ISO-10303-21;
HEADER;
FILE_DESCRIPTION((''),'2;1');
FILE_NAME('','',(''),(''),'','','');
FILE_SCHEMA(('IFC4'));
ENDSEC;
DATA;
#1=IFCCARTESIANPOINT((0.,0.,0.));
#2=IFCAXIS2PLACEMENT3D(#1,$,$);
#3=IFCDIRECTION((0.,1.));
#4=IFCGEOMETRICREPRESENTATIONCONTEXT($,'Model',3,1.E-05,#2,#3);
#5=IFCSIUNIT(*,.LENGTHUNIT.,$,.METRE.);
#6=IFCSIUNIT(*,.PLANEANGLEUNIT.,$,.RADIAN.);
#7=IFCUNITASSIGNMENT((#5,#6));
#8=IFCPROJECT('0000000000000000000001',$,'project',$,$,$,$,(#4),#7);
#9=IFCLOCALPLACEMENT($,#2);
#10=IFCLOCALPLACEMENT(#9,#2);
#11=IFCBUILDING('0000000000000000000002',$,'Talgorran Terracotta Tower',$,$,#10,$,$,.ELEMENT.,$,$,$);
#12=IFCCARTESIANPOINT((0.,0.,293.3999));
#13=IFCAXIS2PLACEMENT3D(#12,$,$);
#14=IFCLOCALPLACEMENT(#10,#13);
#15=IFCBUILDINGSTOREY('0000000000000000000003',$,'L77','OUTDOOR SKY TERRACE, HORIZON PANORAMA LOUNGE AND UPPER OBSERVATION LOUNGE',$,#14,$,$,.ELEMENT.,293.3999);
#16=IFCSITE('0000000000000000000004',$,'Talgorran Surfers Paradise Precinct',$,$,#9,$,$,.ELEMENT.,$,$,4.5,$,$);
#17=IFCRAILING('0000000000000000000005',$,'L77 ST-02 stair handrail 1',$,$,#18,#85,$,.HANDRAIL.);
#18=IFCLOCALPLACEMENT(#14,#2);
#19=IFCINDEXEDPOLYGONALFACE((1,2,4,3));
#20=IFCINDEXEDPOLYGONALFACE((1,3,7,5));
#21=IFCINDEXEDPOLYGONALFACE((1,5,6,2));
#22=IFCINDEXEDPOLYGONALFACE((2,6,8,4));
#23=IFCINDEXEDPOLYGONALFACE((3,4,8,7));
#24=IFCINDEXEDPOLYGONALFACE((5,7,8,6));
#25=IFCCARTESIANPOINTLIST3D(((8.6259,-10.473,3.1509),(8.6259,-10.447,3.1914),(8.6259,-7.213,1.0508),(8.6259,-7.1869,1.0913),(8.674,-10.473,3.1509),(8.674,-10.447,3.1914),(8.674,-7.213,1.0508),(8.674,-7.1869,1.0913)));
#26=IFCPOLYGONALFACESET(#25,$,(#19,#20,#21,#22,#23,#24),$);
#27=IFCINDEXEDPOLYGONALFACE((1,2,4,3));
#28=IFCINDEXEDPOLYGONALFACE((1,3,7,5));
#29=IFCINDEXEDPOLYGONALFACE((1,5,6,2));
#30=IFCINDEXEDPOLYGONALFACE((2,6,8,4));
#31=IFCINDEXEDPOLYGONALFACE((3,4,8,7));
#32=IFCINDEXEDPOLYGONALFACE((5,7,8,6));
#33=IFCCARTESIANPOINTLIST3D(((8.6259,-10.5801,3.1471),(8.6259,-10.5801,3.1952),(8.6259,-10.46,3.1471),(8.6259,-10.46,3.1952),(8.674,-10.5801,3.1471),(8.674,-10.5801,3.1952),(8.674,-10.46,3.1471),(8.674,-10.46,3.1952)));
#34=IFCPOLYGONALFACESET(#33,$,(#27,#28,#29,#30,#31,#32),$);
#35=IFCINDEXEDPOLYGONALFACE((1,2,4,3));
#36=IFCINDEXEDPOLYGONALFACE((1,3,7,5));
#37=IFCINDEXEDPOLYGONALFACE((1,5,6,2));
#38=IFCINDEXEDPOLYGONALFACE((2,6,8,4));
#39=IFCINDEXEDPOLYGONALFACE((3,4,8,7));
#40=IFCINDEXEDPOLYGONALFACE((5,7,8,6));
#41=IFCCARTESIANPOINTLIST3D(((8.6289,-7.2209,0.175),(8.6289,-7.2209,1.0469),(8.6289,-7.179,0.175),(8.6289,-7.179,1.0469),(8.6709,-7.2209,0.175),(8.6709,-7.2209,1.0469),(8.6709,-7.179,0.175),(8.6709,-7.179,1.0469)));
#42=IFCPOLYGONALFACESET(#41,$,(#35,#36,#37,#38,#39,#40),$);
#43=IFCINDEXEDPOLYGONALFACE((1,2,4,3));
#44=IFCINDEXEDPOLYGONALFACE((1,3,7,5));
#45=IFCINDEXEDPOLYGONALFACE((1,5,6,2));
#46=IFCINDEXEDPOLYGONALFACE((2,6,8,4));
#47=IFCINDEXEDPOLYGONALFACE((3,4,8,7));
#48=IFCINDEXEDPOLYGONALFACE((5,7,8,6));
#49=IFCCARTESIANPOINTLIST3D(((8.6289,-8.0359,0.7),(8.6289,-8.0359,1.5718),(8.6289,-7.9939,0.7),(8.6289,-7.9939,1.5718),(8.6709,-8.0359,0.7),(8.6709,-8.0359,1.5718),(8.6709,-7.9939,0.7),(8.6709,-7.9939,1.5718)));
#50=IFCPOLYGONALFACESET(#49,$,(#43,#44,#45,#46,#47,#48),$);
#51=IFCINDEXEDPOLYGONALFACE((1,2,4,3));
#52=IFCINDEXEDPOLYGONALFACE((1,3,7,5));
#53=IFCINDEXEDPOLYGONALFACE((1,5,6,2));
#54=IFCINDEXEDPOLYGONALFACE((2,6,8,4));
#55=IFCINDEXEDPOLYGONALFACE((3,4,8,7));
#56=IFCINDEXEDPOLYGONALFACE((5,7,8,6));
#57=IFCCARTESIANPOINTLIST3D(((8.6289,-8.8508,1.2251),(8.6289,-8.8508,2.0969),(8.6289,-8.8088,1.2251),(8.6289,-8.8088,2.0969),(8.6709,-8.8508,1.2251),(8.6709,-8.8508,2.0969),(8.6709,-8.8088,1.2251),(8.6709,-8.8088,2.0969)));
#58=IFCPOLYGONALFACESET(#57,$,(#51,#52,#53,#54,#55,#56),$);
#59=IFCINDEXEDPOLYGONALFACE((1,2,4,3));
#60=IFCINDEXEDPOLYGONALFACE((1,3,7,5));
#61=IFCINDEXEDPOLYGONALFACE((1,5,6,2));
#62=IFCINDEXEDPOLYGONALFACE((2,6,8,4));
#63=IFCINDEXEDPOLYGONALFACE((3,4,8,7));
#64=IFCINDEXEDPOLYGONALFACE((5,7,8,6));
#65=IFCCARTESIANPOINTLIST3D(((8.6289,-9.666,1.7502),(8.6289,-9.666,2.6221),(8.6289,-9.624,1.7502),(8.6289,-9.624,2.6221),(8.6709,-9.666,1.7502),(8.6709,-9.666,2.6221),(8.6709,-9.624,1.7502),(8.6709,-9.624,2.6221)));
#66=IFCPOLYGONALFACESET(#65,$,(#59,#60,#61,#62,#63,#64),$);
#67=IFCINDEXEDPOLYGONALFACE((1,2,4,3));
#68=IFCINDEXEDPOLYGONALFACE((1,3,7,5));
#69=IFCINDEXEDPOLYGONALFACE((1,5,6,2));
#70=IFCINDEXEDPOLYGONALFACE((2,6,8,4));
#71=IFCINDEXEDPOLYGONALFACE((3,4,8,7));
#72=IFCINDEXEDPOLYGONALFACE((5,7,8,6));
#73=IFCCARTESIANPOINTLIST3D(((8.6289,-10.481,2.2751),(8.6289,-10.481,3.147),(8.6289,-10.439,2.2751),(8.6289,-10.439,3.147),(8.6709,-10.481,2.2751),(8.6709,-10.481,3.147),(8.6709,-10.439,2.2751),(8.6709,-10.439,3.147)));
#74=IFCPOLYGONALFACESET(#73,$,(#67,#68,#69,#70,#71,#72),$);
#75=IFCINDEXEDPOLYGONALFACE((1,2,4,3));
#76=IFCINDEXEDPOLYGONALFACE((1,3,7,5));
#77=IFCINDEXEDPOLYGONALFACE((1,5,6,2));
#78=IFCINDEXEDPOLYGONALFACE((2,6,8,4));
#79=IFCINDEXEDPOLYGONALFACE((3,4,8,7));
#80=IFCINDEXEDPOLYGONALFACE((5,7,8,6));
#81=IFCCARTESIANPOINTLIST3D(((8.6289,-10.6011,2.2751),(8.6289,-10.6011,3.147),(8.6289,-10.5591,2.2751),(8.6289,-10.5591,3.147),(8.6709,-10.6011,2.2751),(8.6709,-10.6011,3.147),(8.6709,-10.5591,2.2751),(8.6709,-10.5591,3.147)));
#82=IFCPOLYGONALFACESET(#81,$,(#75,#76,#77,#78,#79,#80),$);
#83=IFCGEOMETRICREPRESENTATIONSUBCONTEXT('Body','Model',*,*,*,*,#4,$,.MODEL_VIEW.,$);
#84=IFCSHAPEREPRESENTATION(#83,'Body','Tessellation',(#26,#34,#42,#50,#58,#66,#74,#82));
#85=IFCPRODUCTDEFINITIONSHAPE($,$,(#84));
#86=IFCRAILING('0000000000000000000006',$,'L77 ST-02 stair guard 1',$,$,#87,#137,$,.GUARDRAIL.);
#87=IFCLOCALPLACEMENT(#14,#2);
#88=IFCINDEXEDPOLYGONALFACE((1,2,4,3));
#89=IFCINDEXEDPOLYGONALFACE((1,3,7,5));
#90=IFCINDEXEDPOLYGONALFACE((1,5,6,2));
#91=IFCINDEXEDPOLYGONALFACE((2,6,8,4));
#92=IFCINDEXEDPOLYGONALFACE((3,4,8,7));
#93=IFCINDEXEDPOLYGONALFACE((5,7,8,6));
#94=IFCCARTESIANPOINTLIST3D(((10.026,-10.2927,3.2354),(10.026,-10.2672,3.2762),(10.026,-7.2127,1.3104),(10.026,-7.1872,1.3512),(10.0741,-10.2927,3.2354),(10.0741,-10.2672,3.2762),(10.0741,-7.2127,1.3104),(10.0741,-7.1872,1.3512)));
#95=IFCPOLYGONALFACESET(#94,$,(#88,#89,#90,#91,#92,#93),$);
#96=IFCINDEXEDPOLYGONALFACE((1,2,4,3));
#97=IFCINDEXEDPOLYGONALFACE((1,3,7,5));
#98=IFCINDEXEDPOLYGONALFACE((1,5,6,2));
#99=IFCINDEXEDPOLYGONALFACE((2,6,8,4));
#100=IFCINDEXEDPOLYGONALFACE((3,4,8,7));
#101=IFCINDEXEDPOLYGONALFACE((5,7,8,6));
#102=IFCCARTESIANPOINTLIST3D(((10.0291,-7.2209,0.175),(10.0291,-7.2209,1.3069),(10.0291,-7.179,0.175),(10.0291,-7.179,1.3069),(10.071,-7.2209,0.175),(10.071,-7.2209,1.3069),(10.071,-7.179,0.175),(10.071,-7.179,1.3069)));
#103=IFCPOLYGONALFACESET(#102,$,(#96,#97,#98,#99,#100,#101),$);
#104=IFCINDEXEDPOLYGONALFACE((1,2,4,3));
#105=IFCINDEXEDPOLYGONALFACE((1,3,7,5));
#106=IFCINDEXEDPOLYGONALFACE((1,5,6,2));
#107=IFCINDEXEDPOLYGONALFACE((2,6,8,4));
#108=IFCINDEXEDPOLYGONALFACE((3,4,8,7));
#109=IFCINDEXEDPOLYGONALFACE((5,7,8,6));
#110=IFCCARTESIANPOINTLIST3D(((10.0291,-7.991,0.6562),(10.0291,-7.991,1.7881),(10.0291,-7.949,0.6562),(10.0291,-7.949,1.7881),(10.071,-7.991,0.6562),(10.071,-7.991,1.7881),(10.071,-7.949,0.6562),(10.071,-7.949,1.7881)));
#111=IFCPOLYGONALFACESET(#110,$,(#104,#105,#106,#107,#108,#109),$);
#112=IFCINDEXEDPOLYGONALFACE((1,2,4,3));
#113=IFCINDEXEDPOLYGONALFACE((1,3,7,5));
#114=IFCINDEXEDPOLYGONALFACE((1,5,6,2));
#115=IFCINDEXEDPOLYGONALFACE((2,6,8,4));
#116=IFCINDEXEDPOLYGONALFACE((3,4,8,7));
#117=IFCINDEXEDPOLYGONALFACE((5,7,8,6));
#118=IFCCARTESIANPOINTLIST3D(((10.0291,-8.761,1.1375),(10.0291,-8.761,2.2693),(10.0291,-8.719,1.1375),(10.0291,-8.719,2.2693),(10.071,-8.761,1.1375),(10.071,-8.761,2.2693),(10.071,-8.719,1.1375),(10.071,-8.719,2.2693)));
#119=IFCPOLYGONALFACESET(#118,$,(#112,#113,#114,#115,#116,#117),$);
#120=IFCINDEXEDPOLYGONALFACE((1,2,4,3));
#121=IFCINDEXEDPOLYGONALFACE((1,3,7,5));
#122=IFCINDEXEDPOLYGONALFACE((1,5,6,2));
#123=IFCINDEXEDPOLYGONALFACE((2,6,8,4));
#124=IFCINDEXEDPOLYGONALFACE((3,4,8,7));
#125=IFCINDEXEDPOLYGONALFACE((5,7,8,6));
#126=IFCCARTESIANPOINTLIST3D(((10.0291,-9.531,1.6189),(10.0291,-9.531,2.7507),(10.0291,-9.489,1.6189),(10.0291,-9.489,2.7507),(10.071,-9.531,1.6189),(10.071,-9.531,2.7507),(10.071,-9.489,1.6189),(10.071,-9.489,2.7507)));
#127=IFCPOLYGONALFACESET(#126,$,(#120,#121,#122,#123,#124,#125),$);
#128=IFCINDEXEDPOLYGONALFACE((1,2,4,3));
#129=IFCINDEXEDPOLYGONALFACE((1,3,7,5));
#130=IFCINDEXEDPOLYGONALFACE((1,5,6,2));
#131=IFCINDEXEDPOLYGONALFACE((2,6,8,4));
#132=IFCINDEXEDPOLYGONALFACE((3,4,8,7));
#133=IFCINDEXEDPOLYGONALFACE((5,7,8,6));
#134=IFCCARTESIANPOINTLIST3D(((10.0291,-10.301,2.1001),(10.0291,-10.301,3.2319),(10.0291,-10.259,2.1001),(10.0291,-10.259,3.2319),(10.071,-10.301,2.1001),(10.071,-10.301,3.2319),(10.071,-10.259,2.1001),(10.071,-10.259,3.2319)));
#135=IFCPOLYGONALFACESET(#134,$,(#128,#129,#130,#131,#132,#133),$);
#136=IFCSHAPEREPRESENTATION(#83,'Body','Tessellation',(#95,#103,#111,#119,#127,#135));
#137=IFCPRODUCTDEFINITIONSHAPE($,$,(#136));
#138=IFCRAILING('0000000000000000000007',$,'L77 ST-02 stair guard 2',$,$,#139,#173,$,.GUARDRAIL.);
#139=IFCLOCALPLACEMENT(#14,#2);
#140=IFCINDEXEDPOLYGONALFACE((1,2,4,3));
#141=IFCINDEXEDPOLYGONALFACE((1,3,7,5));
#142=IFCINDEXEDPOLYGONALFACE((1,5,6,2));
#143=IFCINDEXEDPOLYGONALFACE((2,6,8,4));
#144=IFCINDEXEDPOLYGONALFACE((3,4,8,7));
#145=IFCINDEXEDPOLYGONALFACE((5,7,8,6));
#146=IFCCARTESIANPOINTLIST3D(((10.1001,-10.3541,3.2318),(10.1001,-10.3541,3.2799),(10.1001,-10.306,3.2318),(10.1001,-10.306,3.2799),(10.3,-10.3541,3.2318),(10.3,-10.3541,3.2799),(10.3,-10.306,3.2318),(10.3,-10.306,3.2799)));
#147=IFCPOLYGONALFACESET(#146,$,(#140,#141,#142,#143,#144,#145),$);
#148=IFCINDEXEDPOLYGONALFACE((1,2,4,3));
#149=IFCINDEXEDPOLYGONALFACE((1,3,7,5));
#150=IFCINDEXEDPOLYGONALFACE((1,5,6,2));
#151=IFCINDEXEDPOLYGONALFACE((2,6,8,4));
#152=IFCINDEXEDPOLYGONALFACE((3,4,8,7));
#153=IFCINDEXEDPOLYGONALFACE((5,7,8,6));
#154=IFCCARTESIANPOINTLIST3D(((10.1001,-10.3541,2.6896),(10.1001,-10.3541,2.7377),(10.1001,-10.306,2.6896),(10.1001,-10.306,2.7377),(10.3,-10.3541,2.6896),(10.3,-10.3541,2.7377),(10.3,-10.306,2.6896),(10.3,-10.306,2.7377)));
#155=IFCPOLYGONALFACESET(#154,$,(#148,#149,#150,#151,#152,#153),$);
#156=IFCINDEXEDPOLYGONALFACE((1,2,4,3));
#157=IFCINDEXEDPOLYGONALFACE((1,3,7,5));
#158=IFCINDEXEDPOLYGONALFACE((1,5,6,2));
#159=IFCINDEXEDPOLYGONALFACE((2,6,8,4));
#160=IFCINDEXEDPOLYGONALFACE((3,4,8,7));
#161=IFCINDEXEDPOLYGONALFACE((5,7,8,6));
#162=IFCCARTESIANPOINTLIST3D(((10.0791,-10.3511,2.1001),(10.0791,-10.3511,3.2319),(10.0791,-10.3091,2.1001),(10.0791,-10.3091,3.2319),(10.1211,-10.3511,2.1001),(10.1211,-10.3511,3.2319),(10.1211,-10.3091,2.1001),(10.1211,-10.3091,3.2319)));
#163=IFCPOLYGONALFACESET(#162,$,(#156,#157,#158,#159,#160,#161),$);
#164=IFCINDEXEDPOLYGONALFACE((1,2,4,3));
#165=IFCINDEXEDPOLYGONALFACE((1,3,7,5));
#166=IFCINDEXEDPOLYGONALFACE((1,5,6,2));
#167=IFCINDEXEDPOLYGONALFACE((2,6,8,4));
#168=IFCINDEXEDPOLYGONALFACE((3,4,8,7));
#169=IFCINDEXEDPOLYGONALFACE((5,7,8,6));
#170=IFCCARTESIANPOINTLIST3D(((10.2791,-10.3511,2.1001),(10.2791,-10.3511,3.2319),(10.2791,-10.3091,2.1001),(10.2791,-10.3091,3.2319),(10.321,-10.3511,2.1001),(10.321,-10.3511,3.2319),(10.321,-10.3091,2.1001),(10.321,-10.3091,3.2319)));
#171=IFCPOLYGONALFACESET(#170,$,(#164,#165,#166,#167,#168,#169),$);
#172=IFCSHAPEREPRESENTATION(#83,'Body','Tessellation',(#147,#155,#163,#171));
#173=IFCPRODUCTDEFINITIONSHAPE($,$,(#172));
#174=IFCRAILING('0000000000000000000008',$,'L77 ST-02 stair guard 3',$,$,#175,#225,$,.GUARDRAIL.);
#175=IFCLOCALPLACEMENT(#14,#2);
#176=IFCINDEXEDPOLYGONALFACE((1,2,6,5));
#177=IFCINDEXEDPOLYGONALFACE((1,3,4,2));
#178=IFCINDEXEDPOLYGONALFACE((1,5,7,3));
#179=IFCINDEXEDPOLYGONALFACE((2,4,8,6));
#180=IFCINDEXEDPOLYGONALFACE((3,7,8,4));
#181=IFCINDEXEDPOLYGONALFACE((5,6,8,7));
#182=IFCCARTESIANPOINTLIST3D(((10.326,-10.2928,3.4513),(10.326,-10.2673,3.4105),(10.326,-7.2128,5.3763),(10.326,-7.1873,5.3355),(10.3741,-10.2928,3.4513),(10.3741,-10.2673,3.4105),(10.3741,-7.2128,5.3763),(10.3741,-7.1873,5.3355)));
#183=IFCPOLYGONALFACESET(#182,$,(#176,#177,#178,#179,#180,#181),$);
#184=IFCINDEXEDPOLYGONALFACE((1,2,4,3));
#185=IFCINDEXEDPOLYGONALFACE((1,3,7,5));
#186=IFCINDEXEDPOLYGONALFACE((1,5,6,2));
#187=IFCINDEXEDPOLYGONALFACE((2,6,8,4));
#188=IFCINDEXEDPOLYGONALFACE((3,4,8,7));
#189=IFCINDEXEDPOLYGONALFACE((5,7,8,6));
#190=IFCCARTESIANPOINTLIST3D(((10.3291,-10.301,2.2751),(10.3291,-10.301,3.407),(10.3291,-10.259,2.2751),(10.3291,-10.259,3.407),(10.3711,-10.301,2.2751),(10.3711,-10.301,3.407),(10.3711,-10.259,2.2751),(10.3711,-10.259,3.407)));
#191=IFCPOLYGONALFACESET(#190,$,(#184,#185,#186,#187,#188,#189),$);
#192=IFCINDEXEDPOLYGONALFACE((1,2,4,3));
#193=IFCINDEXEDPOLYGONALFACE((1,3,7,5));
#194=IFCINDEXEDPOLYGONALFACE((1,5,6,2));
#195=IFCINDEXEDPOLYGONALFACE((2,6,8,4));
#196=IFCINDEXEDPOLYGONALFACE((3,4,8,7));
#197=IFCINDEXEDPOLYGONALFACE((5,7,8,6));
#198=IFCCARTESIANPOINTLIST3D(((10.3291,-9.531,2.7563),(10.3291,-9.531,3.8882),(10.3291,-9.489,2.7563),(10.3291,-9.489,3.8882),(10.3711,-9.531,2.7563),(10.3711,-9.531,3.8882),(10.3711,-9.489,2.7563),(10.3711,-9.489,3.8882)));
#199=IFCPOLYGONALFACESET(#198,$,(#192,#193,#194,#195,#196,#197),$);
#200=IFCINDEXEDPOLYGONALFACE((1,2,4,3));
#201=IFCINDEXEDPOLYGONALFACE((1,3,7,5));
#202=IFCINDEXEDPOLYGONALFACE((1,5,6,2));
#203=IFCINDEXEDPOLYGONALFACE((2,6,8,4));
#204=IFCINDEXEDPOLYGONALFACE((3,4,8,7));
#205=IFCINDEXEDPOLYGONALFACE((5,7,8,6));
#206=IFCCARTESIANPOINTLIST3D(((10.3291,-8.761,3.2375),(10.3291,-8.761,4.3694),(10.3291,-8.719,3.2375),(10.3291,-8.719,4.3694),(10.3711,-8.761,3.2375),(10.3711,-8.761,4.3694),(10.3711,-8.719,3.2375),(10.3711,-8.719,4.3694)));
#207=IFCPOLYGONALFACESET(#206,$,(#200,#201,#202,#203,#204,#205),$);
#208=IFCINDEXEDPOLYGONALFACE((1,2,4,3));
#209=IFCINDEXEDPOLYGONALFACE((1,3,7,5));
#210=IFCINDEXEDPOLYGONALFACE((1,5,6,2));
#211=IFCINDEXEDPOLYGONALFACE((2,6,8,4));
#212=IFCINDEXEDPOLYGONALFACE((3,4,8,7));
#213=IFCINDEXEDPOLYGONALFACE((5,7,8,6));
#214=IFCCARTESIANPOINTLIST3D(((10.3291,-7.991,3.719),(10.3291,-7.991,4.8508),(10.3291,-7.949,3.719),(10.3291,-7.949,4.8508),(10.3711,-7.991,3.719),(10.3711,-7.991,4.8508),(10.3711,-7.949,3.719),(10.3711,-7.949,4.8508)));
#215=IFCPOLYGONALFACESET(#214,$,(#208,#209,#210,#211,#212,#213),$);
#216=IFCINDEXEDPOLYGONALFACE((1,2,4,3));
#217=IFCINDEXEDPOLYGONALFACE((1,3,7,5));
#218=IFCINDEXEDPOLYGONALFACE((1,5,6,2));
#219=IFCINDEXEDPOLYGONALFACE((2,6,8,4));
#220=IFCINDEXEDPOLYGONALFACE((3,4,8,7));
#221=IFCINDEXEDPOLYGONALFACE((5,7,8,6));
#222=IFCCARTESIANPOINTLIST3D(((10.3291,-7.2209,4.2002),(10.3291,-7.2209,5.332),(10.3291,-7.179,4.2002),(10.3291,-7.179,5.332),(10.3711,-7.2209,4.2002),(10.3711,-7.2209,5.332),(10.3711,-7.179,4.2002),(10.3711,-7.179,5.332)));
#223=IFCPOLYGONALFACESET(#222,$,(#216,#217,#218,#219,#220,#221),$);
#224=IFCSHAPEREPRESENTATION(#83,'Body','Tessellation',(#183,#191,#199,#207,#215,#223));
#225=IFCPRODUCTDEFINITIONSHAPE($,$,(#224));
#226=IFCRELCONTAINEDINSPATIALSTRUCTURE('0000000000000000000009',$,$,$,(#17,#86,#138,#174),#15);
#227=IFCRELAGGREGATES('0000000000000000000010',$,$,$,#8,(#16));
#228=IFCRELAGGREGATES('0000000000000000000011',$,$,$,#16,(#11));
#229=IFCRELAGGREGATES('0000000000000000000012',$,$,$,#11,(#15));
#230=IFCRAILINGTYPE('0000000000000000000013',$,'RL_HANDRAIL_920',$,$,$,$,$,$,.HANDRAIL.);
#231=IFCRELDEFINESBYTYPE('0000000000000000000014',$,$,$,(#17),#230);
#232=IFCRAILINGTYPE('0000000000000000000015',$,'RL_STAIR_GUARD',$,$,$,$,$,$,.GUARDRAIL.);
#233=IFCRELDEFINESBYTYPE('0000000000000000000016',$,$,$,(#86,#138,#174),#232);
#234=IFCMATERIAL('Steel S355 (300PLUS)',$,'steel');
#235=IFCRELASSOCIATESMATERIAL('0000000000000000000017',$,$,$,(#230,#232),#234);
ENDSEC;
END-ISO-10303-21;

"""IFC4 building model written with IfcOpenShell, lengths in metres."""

from ifc_helpers import new_model, si_unit, direction, frame, origin, origin_2d, place, context, subcontext, project, spatial, rectangle, extrude, material, type_object, element, save


model = new_model("IFC4")

# Units and contexts
model_context = context("Model", 3, precision=1e-05, world=origin(), true_north=direction((0.0, 1.0)))
body_context = subcontext(model_context, "Body", "Model", "MODEL_VIEW")
ifc_project = project(units=[si_unit("LENGTHUNIT", "METRE"), si_unit("PLANEANGLEUNIT", "RADIAN")], contexts=[model_context])

# Site, building, storey
site_placement = place(None, origin())
site = spatial("IfcSite", under=ifc_project, at=site_placement, Name="Talgorran Surfers Paradise Precinct", CompositionType="ELEMENT", RefElevation=4.5)
building_placement = place(site_placement, origin())
building = spatial("IfcBuilding", under=site, at=building_placement, Name="Talgorran Terracotta Tower", CompositionType="ELEMENT")
storey_placement = place(building_placement, frame((0.0, 0.0, 293.3999)))
storey = spatial("IfcBuildingStorey", under=building, at=storey_placement, Name="L77", Description="OUTDOOR SKY TERRACE, HORIZON PANORAMA LOUNGE AND UPPER OBSERVATION LOUNGE", CompositionType="ELEMENT", Elevation=293.3999)

# Shared definitions
ifc_material_1 = material(Name="Steel S355 (300PLUS)", Category="steel")

# Railings
railing_type_1 = type_object("IfcRailingType", Name="RL_HANDRAIL_920", PredefinedType="HANDRAIL", material=ifc_material_1)
railing_1_placement = place(storey_placement, frame((8.6499, -7.2, 0.175)))
element("IfcRailing", 1, at=railing_1_placement, inside=storey, type_object=railing_type_1, Name="L77 ST-02 stair handrail 1", PredefinedType="HANDRAIL", context=body_context, shape_type="SweptSolid", body=[
    extrude(rectangle(XDim=0.0481, YDim=0.0481, at=origin_2d()), frame((0.0, 0.0, 0.896), z_axis=(0.0, -0.840665, 0.541556), x_axis=(1.0, 0.0, 0.0)), (0.0, 0.0, 1.0), 3.8779),
    extrude(rectangle(XDim=0.0481, YDim=0.0481, at=origin_2d()), frame((0.0, -3.26, 2.9961), z_axis=(0.0, -1.0, 0.0), x_axis=(1.0, 0.0, 0.0)), (0.0, 0.0, 1.0), 0.1201),
    extrude(rectangle(XDim=0.042, YDim=0.042, at=origin_2d()), origin(), (0.0, 0.0, 1.0), 0.8718),
    extrude(rectangle(XDim=0.042, YDim=0.042, at=origin_2d()), frame((0.0, -0.8149, 0.5249)), (0.0, 0.0, 1.0), 0.8718),
    extrude(rectangle(XDim=0.042, YDim=0.042, at=origin_2d()), frame((0.0, -1.6299, 1.05)), (0.0, 0.0, 1.0), 0.8718),
    extrude(rectangle(XDim=0.042, YDim=0.042, at=origin_2d()), frame((0.0, -2.4451, 1.5752)), (0.0, 0.0, 1.0), 0.8718),
    extrude(rectangle(XDim=0.042, YDim=0.042, at=origin_2d()), frame((0.0, -3.26, 2.1001)), (0.0, 0.0, 1.0), 0.8718),
    extrude(rectangle(XDim=0.042, YDim=0.042, at=origin_2d()), frame((0.0, -3.3801, 2.1001)), (0.0, 0.0, 1.0), 0.8718),
])
railing_type_2 = type_object("IfcRailingType", Name="RL_STAIR_GUARD", PredefinedType="GUARDRAIL", material=ifc_material_1)
railing_2_placement = place(storey_placement, frame((10.05, -7.2, 0.175)))
element("IfcRailing", 2, at=railing_2_placement, inside=storey, type_object=railing_type_2, Name="L77 ST-02 stair guard 1", PredefinedType="GUARDRAIL", context=body_context, shape_type="SweptSolid", body=[
    extrude(rectangle(XDim=0.0481, YDim=0.0481, at=origin_2d()), frame((0.0, 0.0, 1.1558), z_axis=(0.0, -0.847998, 0.529999), x_axis=(1.0, 0.0, 0.0)), (0.0, 0.0, 1.0), 3.6321),
    extrude(rectangle(XDim=0.042, YDim=0.042, at=origin_2d()), origin(), (0.0, 0.0, 1.0), 1.1318),
    extrude(rectangle(XDim=0.042, YDim=0.042, at=origin_2d()), frame((0.0, -0.77, 0.4812)), (0.0, 0.0, 1.0), 1.1318),
    extrude(rectangle(XDim=0.042, YDim=0.042, at=origin_2d()), frame((0.0, -1.54, 0.9624)), (0.0, 0.0, 1.0), 1.1318),
    extrude(rectangle(XDim=0.042, YDim=0.042, at=origin_2d()), frame((0.0, -2.3101, 1.4438)), (0.0, 0.0, 1.0), 1.1318),
    extrude(rectangle(XDim=0.042, YDim=0.042, at=origin_2d()), frame((0.0, -3.0801, 1.925)), (0.0, 0.0, 1.0), 1.1318),
])
railing_3_placement = place(storey_placement, frame((10.1001, -10.3301, 2.1001)))
element("IfcRailing", 3, at=railing_3_placement, inside=storey, type_object=railing_type_2, Name="L77 ST-02 stair guard 2", PredefinedType="GUARDRAIL", context=body_context, shape_type="SweptSolid", body=[
    extrude(rectangle(XDim=0.0481, YDim=0.0481, at=origin_2d()), frame((0.0, 0.0, 1.1558), z_axis=(1.0, 0.0, 0.0), x_axis=(0.0, 1.0, 0.0)), (0.0, 0.0, 1.0), 0.2),
    extrude(rectangle(XDim=0.0481, YDim=0.0481, at=origin_2d()), frame((0.0, 0.0, 0.6135), z_axis=(1.0, 0.0, 0.0), x_axis=(0.0, 1.0, 0.0)), (0.0, 0.0, 1.0), 0.2),
    extrude(rectangle(XDim=0.042, YDim=0.042, at=origin_2d()), origin(), (0.0, 0.0, 1.0), 1.1318),
    extrude(rectangle(XDim=0.042, YDim=0.042, at=origin_2d()), frame((0.2, 0.0, 0.0)), (0.0, 0.0, 1.0), 1.1318),
])
railing_4_placement = place(storey_placement, frame((10.3501, -10.28, 2.2751)))
element("IfcRailing", 4, at=railing_4_placement, inside=storey, type_object=railing_type_2, Name="L77 ST-02 stair guard 3", PredefinedType="GUARDRAIL", context=body_context, shape_type="SweptSolid", body=[
    extrude(rectangle(XDim=0.0481, YDim=0.0481, at=origin_2d()), frame((0.0, 0.0, 1.1558), z_axis=(0.0, 0.847998, 0.529999), x_axis=(-1.0, 0.0, 0.0)), (0.0, 0.0, 1.0), 3.6321),
    extrude(rectangle(XDim=0.042, YDim=0.042, at=origin_2d()), origin(), (0.0, 0.0, 1.0), 1.1318),
    extrude(rectangle(XDim=0.042, YDim=0.042, at=origin_2d()), frame((0.0, 0.77, 0.4812)), (0.0, 0.0, 1.0), 1.1318),
    extrude(rectangle(XDim=0.042, YDim=0.042, at=origin_2d()), frame((0.0, 1.54, 0.9624)), (0.0, 0.0, 1.0), 1.1318),
    extrude(rectangle(XDim=0.042, YDim=0.042, at=origin_2d()), frame((0.0, 2.3101, 1.4438)), (0.0, 0.0, 1.0), 1.1318),
    extrude(rectangle(XDim=0.042, YDim=0.042, at=origin_2d()), frame((0.0, 3.0801, 1.925)), (0.0, 0.0, 1.0), 1.1318),
])

save(model, "model.ifc")
